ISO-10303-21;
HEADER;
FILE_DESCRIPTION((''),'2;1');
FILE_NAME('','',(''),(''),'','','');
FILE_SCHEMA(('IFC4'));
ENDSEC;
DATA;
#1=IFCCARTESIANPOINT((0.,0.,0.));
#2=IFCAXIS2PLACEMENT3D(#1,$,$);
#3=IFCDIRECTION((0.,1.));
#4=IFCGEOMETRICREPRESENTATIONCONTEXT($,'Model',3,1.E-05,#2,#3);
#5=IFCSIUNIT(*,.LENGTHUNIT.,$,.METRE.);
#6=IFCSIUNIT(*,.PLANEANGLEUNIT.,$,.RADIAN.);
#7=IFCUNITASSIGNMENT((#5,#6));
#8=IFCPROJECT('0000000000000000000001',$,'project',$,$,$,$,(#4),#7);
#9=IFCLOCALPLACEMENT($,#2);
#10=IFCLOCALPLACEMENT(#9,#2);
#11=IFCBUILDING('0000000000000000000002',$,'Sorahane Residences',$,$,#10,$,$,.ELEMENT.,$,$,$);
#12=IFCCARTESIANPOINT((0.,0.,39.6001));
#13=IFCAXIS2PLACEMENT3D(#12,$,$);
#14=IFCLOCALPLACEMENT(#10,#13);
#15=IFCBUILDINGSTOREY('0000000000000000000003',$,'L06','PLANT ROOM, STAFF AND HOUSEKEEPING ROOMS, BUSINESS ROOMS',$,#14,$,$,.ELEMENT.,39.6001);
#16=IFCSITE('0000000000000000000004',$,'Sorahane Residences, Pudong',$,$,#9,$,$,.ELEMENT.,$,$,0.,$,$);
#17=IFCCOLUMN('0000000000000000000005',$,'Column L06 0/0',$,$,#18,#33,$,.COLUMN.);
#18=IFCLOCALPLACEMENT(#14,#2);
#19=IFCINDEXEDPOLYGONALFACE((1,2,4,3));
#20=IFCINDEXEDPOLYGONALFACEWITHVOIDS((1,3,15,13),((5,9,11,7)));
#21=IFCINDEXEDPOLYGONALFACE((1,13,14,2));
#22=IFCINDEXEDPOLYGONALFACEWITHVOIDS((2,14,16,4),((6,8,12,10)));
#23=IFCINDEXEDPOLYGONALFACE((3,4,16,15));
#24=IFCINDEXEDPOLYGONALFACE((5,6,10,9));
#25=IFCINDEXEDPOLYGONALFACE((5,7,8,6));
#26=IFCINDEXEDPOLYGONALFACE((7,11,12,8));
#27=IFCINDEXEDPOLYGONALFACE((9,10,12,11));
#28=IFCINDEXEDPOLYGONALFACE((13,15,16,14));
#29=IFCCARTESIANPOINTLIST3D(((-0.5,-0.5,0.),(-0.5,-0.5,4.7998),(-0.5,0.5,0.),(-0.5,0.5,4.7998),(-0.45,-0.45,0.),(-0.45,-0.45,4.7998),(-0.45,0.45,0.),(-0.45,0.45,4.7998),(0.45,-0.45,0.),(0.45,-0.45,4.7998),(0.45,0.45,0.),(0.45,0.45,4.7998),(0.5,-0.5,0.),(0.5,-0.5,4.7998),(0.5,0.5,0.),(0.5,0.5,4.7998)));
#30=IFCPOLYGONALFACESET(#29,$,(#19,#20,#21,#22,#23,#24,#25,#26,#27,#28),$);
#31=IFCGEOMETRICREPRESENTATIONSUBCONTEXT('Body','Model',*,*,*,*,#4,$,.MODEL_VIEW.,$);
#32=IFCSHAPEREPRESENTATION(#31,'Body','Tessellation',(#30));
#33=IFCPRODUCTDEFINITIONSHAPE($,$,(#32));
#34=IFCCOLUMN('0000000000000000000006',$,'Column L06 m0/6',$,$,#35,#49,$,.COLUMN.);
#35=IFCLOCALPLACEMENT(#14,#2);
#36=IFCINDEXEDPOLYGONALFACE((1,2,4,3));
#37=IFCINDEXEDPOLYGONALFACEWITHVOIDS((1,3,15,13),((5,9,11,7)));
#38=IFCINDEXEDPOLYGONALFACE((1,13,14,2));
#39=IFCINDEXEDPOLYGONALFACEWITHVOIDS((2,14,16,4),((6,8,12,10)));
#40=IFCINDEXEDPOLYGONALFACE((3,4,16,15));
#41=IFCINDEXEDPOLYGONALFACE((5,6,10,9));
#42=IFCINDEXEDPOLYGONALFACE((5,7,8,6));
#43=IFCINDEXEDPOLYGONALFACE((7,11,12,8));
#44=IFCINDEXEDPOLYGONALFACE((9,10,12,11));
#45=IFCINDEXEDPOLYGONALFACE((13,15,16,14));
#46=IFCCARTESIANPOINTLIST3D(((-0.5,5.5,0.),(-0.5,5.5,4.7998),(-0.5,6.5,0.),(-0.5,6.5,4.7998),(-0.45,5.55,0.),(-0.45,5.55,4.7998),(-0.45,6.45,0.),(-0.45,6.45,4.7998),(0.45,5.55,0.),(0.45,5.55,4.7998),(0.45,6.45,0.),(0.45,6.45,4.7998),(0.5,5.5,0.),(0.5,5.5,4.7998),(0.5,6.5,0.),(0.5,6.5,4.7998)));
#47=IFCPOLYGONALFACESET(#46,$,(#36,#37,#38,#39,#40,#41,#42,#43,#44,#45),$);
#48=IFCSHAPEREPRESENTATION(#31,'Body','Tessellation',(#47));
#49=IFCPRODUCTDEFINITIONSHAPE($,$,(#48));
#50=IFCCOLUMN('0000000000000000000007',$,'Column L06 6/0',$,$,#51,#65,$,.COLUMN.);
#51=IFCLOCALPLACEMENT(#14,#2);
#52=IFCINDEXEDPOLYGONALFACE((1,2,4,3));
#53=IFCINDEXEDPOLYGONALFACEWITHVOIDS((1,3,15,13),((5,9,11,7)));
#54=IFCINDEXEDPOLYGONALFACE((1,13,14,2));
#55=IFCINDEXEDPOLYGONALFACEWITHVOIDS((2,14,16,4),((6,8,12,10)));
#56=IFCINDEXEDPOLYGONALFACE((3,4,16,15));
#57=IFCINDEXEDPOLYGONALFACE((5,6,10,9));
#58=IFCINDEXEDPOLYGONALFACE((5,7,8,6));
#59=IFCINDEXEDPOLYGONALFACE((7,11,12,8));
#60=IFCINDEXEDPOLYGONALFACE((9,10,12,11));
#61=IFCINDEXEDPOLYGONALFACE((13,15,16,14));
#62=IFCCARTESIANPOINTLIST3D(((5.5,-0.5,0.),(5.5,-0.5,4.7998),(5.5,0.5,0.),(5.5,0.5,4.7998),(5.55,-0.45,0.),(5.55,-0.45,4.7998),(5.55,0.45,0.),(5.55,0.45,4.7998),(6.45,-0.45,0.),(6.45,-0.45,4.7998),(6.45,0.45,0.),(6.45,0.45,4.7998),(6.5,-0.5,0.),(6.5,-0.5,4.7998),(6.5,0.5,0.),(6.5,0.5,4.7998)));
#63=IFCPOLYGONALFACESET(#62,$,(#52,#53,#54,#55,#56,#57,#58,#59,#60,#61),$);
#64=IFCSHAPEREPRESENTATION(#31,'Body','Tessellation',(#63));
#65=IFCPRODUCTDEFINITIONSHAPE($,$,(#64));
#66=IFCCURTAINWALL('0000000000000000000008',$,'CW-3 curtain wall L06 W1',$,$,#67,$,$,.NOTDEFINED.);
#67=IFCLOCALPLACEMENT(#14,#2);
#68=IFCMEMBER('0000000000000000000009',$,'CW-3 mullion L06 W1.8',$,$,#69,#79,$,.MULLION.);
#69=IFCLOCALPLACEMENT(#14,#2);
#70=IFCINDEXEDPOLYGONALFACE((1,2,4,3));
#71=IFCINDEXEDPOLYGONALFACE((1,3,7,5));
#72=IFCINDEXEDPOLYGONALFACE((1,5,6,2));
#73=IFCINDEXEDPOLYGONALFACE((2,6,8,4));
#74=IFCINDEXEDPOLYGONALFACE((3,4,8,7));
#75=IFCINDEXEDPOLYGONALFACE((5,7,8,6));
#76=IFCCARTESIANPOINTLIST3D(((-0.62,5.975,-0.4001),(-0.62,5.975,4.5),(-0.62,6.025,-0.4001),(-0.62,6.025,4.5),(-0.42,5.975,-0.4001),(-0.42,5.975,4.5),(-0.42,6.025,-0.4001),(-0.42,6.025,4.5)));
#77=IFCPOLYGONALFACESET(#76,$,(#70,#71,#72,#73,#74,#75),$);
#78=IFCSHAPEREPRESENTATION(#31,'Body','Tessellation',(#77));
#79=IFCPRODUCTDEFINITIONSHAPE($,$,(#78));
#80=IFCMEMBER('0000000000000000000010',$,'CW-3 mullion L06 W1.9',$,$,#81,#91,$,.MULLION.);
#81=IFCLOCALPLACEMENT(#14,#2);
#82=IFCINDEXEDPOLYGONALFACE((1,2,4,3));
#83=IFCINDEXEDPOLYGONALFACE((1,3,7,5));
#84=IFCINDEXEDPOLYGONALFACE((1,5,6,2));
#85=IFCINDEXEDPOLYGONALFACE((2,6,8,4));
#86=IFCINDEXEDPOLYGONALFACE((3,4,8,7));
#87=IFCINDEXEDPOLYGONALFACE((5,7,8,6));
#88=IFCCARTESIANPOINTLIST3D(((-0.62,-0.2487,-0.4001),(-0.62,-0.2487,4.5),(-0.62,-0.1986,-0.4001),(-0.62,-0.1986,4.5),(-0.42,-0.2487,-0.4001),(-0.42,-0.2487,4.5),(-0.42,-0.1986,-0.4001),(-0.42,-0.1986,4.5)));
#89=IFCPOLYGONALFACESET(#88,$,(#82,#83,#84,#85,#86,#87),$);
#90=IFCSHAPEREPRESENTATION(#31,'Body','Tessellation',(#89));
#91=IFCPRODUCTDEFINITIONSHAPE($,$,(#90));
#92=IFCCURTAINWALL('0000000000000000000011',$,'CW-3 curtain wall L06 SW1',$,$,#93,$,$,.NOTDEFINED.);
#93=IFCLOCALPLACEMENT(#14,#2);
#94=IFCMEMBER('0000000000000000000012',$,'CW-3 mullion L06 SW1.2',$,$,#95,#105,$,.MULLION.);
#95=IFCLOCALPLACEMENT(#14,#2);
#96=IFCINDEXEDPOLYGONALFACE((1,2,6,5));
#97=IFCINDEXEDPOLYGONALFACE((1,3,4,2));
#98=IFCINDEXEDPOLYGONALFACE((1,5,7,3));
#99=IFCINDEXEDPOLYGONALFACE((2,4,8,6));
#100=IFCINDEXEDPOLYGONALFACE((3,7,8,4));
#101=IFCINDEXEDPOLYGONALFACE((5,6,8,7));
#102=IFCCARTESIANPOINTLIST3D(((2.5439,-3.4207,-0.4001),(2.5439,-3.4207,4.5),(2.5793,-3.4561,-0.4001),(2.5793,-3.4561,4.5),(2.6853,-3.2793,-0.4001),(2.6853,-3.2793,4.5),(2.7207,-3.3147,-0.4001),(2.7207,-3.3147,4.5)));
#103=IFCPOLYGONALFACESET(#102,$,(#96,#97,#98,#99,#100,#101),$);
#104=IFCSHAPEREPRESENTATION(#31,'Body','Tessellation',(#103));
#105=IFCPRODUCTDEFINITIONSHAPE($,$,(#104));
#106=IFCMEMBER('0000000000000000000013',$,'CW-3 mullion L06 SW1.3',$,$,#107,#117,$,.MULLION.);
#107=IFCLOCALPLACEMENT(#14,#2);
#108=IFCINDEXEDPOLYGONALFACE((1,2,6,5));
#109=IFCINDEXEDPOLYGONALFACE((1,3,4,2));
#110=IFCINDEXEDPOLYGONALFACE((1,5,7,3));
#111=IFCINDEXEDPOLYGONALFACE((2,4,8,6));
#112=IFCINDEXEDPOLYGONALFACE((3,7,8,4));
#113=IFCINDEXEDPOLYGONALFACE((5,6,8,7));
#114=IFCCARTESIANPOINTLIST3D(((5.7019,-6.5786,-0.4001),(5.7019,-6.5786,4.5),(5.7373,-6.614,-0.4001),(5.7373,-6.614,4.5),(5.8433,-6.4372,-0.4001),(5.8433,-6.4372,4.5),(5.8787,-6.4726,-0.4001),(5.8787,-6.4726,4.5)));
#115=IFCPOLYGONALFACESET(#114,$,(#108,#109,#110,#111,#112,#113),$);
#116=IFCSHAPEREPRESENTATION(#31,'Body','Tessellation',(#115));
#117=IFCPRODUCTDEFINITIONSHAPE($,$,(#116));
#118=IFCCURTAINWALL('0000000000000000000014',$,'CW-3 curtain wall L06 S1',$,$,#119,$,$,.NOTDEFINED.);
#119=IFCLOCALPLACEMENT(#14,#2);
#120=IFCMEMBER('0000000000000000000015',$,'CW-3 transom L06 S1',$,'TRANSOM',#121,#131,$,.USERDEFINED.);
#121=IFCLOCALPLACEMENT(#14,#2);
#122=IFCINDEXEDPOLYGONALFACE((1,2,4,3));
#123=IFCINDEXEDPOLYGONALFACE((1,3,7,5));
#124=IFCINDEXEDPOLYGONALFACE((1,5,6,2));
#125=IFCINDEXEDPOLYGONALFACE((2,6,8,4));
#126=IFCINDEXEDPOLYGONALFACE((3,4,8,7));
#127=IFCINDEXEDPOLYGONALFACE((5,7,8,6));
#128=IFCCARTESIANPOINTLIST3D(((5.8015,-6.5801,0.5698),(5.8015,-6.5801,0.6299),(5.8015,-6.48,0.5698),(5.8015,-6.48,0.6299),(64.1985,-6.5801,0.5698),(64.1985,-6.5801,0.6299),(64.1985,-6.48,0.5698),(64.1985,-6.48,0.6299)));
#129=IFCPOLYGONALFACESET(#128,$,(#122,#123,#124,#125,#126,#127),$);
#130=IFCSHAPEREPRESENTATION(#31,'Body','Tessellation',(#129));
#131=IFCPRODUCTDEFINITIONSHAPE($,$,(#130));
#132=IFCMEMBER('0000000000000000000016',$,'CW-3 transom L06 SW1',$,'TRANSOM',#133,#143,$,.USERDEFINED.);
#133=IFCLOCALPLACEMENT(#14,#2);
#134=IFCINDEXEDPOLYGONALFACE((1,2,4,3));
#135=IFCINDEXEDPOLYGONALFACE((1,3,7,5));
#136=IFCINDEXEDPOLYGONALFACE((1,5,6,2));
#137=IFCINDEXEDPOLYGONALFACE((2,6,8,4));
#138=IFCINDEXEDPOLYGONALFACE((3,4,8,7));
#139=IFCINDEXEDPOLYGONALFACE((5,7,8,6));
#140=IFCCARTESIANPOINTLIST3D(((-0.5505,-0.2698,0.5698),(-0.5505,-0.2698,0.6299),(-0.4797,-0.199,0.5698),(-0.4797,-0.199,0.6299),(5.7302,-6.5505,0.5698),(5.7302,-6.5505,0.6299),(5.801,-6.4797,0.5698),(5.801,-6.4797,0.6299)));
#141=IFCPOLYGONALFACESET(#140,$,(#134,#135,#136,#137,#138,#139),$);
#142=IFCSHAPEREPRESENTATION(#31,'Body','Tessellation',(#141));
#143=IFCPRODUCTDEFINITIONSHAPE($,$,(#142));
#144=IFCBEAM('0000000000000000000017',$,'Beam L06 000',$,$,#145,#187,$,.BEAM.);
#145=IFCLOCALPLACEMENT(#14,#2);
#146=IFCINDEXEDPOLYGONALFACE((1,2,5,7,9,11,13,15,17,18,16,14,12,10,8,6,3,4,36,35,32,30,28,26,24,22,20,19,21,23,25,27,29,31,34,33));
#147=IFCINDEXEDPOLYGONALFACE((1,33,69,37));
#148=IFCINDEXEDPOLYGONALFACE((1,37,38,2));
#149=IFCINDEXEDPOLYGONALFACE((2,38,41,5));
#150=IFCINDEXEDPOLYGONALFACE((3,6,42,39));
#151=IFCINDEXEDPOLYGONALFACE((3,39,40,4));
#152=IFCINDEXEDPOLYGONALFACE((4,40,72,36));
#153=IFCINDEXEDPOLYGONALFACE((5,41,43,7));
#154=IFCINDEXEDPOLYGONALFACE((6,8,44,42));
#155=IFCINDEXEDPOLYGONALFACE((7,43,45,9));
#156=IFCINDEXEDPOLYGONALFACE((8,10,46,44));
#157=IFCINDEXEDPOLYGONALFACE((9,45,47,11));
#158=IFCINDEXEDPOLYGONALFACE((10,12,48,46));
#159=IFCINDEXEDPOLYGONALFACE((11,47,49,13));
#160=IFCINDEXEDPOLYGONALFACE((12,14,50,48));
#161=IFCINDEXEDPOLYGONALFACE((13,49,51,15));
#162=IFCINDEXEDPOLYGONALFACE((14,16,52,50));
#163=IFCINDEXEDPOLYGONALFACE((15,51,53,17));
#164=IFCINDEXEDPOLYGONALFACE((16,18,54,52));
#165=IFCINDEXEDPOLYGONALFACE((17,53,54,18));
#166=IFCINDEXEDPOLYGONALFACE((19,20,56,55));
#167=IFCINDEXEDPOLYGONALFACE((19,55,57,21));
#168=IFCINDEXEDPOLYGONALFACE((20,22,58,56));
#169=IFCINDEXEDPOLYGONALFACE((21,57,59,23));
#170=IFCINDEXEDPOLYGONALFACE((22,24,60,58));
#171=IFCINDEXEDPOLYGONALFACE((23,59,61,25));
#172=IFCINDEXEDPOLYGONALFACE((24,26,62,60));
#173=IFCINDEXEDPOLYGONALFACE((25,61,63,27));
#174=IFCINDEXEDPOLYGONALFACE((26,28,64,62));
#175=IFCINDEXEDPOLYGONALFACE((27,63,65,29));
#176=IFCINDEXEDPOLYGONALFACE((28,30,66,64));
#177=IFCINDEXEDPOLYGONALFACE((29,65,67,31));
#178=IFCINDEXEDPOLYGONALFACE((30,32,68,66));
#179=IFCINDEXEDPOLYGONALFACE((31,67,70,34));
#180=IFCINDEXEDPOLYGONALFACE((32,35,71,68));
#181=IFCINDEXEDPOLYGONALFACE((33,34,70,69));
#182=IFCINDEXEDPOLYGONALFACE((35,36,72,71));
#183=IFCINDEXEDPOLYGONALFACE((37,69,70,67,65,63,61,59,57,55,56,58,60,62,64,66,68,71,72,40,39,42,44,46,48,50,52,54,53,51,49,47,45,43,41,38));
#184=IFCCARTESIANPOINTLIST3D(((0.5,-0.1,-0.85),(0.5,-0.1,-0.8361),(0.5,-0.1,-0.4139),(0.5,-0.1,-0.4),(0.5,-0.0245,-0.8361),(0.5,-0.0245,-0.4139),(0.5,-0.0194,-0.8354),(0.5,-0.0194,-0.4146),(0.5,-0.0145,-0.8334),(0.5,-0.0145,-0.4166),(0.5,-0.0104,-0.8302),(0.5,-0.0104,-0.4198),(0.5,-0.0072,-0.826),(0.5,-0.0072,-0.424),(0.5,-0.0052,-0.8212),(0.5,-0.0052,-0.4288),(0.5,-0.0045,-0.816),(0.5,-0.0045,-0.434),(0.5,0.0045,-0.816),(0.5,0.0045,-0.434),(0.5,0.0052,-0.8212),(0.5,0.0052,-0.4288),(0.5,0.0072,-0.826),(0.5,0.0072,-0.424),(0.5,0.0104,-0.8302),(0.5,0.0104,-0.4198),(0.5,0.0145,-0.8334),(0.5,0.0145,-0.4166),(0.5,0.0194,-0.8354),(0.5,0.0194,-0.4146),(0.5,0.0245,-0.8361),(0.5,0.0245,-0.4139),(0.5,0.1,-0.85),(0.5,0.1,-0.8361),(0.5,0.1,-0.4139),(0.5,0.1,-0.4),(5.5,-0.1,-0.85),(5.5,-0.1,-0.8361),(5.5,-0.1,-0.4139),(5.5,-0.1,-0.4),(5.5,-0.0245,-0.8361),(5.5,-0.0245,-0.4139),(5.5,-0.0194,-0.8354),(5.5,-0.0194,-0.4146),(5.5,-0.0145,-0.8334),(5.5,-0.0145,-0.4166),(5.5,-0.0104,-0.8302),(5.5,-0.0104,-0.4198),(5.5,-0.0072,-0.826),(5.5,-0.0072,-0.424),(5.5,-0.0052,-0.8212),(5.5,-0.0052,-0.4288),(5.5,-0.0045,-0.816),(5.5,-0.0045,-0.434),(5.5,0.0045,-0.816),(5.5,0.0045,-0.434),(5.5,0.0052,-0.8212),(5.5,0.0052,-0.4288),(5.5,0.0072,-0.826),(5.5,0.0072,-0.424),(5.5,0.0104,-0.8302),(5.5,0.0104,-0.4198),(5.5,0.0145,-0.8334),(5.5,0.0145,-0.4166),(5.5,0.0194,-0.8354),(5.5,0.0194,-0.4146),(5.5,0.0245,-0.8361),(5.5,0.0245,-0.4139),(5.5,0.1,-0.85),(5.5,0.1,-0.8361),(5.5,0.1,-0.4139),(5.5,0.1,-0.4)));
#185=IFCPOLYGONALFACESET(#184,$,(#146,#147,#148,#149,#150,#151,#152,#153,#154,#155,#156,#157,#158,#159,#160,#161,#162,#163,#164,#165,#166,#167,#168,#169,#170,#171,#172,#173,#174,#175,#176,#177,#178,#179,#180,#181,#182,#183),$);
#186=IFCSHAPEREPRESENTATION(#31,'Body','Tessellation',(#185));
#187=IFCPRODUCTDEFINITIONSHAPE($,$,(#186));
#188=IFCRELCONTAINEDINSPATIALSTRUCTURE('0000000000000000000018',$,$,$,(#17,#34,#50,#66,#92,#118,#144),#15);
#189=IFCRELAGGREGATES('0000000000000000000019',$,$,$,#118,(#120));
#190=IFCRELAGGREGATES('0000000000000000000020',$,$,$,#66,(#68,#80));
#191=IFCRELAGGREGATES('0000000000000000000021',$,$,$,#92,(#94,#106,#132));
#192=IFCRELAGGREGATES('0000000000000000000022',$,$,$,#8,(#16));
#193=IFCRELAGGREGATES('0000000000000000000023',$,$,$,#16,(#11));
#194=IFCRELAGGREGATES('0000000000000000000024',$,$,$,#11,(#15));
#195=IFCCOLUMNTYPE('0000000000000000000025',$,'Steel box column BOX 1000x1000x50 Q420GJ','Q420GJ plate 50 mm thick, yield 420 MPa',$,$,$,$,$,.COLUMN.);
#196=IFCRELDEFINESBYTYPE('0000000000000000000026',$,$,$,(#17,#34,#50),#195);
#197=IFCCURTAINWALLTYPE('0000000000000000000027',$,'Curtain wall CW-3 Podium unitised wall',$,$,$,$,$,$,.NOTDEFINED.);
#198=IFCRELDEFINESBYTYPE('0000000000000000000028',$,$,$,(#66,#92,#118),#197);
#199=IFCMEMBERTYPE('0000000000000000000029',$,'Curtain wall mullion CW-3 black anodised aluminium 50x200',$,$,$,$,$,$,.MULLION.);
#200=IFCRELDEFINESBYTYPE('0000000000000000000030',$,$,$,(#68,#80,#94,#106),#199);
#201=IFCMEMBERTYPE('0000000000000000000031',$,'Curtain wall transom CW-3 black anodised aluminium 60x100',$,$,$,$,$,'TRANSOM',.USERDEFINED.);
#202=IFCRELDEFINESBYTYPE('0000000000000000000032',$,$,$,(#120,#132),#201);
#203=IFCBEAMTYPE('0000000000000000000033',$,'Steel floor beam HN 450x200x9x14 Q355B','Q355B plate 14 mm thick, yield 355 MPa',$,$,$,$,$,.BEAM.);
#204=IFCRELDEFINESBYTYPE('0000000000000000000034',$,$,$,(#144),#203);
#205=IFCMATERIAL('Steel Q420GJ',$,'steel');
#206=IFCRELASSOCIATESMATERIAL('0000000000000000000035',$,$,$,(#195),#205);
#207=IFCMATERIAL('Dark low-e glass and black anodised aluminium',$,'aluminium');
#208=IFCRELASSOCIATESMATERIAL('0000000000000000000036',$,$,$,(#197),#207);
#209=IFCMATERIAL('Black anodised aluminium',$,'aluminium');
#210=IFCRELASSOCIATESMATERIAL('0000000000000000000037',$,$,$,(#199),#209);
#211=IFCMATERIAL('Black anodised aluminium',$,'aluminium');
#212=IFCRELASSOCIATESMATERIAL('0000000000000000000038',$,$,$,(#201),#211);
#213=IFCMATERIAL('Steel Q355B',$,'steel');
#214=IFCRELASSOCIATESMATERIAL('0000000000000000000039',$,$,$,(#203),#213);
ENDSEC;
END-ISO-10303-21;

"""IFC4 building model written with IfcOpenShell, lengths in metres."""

from ifc_helpers import new_model, si_unit, direction, frame, origin, origin_2d, place, context, subcontext, project, spatial, rectangle, hollow_rectangle, i_section, extrude, material, material_profile, profile_set, type_object, element, aggregate, save


model = new_model("IFC4")

# Units and contexts
model_context = context("Model", 3, precision=1e-05, world=origin(), true_north=direction((0.0, 1.0)))
body_context = subcontext(model_context, "Body", "Model", "MODEL_VIEW")
ifc_project = project(units=[si_unit("LENGTHUNIT", "METRE"), si_unit("PLANEANGLEUNIT", "RADIAN")], contexts=[model_context])

# Site, building, storey
site_placement = place(None, origin())
site = spatial("IfcSite", under=ifc_project, at=site_placement, Name="Sorahane Residences, Pudong", CompositionType="ELEMENT", RefElevation=0.0)
building_placement = place(site_placement, origin())
building = spatial("IfcBuilding", under=site, at=building_placement, Name="Sorahane Residences", CompositionType="ELEMENT")
storey_placement = place(building_placement, frame((0.0, 0.0, 39.6001)))
storey = spatial("IfcBuildingStorey", under=building, at=storey_placement, Name="L06", Description="PLANT ROOM, STAFF AND HOUSEKEEPING ROOMS, BUSINESS ROOMS", CompositionType="ELEMENT", Elevation=39.6001)

# Columns
ifc_material_1 = material(Name="Steel Q420GJ", Category="steel")
ifc_material_profile_1 = material_profile(ifc_material_1, hollow_rectangle(XDim=1.0, YDim=1.0, WallThickness=0.05, at=origin_2d()), Name="BOX 1000x1000x50")
ifc_profile_set_1 = profile_set([ifc_material_profile_1], Name="Steel Q420GJ")
column_type = type_object("IfcColumnType", Name="Steel box column BOX 1000x1000x50 Q420GJ", Description="Q420GJ plate 50 mm thick, yield 420 MPa", PredefinedType="COLUMN", material=ifc_profile_set_1)
for number, where, z_axis, x_axis, name in (
    (1, (0.0, 0.0, 0.0), (0.0, 0.0, 1.0), (1.0, 0.0, 0.0), "Column L06 0/0"),
    (2, (0.0, 6.0, 0.0), (0.0, 0.0, 1.0), (1.0, 0.0, 0.0), "Column L06 m0/6"),
    (3, (6.0, 0.0, 0.0), (0.0, 0.0, 1.0), (1.0, 0.0, 0.0), "Column L06 6/0"),
):
    element("IfcColumn", number, at=place(storey_placement, frame(where, z_axis=z_axis, x_axis=x_axis)), inside=storey, type_object=column_type, Name=name, PredefinedType="COLUMN", context=body_context, shape_type="SweptSolid", body=[
        extrude(hollow_rectangle(XDim=1.0, YDim=1.0, WallThickness=0.05, at=origin_2d()), origin(), (0.0, 0.0, 1.0), 4.7998),
    ])

# Curtain walls, members
ifc_material_2 = material(Name="Dark low-e glass and black anodised aluminium", Category="aluminium")
curtain_wall_type = type_object("IfcCurtainWallType", Name="Curtain wall CW-3 Podium unitised wall", PredefinedType="NOTDEFINED", material=ifc_material_2)
curtain_wall_1_placement = place(storey_placement, origin())
curtain_wall_1 = element("IfcCurtainWall", 4, at=curtain_wall_1_placement, inside=storey, type_object=curtain_wall_type, Name="CW-3 curtain wall L06 W1", PredefinedType="NOTDEFINED")
ifc_material_3 = material(Name="Black anodised aluminium", Category="aluminium")
ifc_material_profile_2 = material_profile(ifc_material_3, rectangle(XDim=0.2, YDim=0.05, at=origin_2d()), Name="Curtain wall mullion CW-3 black anodised aluminium 50x200")
ifc_profile_set_2 = profile_set([ifc_material_profile_2], Name="Black anodised aluminium")
member_type_1 = type_object("IfcMemberType", Name="Curtain wall mullion CW-3 black anodised aluminium 50x200", PredefinedType="MULLION", material=ifc_profile_set_2)
member_1_placement = place(storey_placement, frame((-0.52, 6.0, -0.4001), z_axis=(0.0, 0.0, 1.0), x_axis=(-1.0, 0.0, 0.0)))
member_1 = element("IfcMember", 5, at=member_1_placement, type_object=member_type_1, Name="CW-3 mullion L06 W1.8", PredefinedType="MULLION", context=body_context, shape_type="SweptSolid", body=[
    extrude(rectangle(XDim=0.2, YDim=0.05, at=origin_2d()), origin(), (0.0, 0.0, 1.0), 4.9001),
])
member_2_placement = place(storey_placement, frame((-0.52, -0.2236, -0.4001), z_axis=(0.0, 0.0, 1.0), x_axis=(-1.0, 0.0, 0.0)))
member_2 = element("IfcMember", 6, at=member_2_placement, type_object=member_type_1, Name="CW-3 mullion L06 W1.9", PredefinedType="MULLION", context=body_context, shape_type="SweptSolid", body=[
    extrude(rectangle(XDim=0.2, YDim=0.05, at=origin_2d()), origin(), (0.0, 0.0, 1.0), 4.9001),
])
curtain_wall_2_placement = place(storey_placement, origin())
curtain_wall_2 = element("IfcCurtainWall", 7, at=curtain_wall_2_placement, inside=storey, type_object=curtain_wall_type, Name="CW-3 curtain wall L06 SW1", PredefinedType="NOTDEFINED")
member_3_placement = place(storey_placement, frame((2.6323, -3.3677, -0.4001), z_axis=(0.0, 0.0, 1.0), x_axis=(-0.707107, -0.707107, 0.0)))
member_3 = element("IfcMember", 8, at=member_3_placement, type_object=member_type_1, Name="CW-3 mullion L06 SW1.2", PredefinedType="MULLION", context=body_context, shape_type="SweptSolid", body=[
    extrude(rectangle(XDim=0.2, YDim=0.05, at=origin_2d()), origin(), (0.0, 0.0, 1.0), 4.9001),
])
member_4_placement = place(storey_placement, frame((5.7903, -6.5256, -0.4001), z_axis=(0.0, 0.0, 1.0), x_axis=(-0.707107, -0.707107, 0.0)))
member_4 = element("IfcMember", 9, at=member_4_placement, type_object=member_type_1, Name="CW-3 mullion L06 SW1.3", PredefinedType="MULLION", context=body_context, shape_type="SweptSolid", body=[
    extrude(rectangle(XDim=0.2, YDim=0.05, at=origin_2d()), origin(), (0.0, 0.0, 1.0), 4.9001),
])

# Curtain wall, member
curtain_wall_3_placement = place(storey_placement, origin())
curtain_wall_3 = element("IfcCurtainWall", 10, at=curtain_wall_3_placement, inside=storey, type_object=curtain_wall_type, Name="CW-3 curtain wall L06 S1", PredefinedType="NOTDEFINED")
ifc_material_4 = material(Name="Black anodised aluminium", Category="aluminium")
ifc_material_profile_3 = material_profile(ifc_material_4, rectangle(XDim=0.1001, YDim=0.0601, at=origin_2d()), Name="Curtain wall transom CW-3 black anodised aluminium 60x100")
ifc_profile_set_3 = profile_set([ifc_material_profile_3], Name="Black anodised aluminium")
member_type_2 = type_object("IfcMemberType", Name="Curtain wall transom CW-3 black anodised aluminium 60x100", ElementType="TRANSOM", PredefinedType="USERDEFINED", material=ifc_profile_set_3)
member_5_placement = place(storey_placement, frame((5.8015, -6.53, 0.5999), z_axis=(1.0, 0.0, 0.0), x_axis=(0.0, 1.0, 0.0)))
member_5 = element("IfcMember", 11, at=member_5_placement, type_object=member_type_2, Name="CW-3 transom L06 S1", ObjectType="TRANSOM", PredefinedType="USERDEFINED", context=body_context, shape_type="SweptSolid", body=[
    extrude(rectangle(XDim=0.1001, YDim=0.0601, at=origin_2d()), origin(), (0.0, 0.0, 1.0), 58.397),
])
aggregate(curtain_wall_3, [member_5])

# Member
member_6_placement = place(storey_placement, frame((-0.5151, -0.2344, 0.5999), z_axis=(0.707107, -0.707107, 0.0), x_axis=(0.707107, 0.707107, 0.0)))
member_6 = element("IfcMember", 12, at=member_6_placement, type_object=member_type_2, Name="CW-3 transom L06 SW1", ObjectType="TRANSOM", PredefinedType="USERDEFINED", context=body_context, shape_type="SweptSolid", body=[
    extrude(rectangle(XDim=0.1001, YDim=0.0601, at=origin_2d()), origin(), (0.0, 0.0, 1.0), 8.8823),
])

# Beam
ifc_material_5 = material(Name="Steel Q355B", Category="steel")
ifc_material_profile_4 = material_profile(ifc_material_5, i_section(OverallWidth=0.2, OverallDepth=0.45, WebThickness=0.009, FlangeThickness=0.0139, FilletRadius=0.02, at=origin_2d()), Name="HN 450x200x9x14")
ifc_profile_set_4 = profile_set([ifc_material_profile_4], Name="Steel Q355B")
beam_type_1 = type_object("IfcBeamType", Name="Steel floor beam HN 450x200x9x14 Q355B", Description="Q355B plate 14 mm thick, yield 355 MPa", PredefinedType="BEAM", material=ifc_profile_set_4)
for number, where, z_axis, x_axis, name in (
    (13, (0.5, 0.0, -0.625), (1.0, 0.0, 0.0), (0.0, 1.0, 0.0), "Beam L06 000"),
):
    element("IfcBeam", number, at=place(storey_placement, frame(where, z_axis=z_axis, x_axis=x_axis)), inside=storey, type_object=beam_type_1, Name=name, PredefinedType="BEAM", context=body_context, shape_type="SweptSolid", body=[
        extrude(i_section(OverallWidth=0.2, OverallDepth=0.45, WebThickness=0.009, FlangeThickness=0.0139, FilletRadius=0.02, at=origin_2d()), origin(), (0.0, 0.0, 1.0), 5.0),
    ])

aggregate(curtain_wall_1, [member_1, member_2])
aggregate(curtain_wall_2, [member_3, member_4, member_6])

save(model, "model.ifc")
